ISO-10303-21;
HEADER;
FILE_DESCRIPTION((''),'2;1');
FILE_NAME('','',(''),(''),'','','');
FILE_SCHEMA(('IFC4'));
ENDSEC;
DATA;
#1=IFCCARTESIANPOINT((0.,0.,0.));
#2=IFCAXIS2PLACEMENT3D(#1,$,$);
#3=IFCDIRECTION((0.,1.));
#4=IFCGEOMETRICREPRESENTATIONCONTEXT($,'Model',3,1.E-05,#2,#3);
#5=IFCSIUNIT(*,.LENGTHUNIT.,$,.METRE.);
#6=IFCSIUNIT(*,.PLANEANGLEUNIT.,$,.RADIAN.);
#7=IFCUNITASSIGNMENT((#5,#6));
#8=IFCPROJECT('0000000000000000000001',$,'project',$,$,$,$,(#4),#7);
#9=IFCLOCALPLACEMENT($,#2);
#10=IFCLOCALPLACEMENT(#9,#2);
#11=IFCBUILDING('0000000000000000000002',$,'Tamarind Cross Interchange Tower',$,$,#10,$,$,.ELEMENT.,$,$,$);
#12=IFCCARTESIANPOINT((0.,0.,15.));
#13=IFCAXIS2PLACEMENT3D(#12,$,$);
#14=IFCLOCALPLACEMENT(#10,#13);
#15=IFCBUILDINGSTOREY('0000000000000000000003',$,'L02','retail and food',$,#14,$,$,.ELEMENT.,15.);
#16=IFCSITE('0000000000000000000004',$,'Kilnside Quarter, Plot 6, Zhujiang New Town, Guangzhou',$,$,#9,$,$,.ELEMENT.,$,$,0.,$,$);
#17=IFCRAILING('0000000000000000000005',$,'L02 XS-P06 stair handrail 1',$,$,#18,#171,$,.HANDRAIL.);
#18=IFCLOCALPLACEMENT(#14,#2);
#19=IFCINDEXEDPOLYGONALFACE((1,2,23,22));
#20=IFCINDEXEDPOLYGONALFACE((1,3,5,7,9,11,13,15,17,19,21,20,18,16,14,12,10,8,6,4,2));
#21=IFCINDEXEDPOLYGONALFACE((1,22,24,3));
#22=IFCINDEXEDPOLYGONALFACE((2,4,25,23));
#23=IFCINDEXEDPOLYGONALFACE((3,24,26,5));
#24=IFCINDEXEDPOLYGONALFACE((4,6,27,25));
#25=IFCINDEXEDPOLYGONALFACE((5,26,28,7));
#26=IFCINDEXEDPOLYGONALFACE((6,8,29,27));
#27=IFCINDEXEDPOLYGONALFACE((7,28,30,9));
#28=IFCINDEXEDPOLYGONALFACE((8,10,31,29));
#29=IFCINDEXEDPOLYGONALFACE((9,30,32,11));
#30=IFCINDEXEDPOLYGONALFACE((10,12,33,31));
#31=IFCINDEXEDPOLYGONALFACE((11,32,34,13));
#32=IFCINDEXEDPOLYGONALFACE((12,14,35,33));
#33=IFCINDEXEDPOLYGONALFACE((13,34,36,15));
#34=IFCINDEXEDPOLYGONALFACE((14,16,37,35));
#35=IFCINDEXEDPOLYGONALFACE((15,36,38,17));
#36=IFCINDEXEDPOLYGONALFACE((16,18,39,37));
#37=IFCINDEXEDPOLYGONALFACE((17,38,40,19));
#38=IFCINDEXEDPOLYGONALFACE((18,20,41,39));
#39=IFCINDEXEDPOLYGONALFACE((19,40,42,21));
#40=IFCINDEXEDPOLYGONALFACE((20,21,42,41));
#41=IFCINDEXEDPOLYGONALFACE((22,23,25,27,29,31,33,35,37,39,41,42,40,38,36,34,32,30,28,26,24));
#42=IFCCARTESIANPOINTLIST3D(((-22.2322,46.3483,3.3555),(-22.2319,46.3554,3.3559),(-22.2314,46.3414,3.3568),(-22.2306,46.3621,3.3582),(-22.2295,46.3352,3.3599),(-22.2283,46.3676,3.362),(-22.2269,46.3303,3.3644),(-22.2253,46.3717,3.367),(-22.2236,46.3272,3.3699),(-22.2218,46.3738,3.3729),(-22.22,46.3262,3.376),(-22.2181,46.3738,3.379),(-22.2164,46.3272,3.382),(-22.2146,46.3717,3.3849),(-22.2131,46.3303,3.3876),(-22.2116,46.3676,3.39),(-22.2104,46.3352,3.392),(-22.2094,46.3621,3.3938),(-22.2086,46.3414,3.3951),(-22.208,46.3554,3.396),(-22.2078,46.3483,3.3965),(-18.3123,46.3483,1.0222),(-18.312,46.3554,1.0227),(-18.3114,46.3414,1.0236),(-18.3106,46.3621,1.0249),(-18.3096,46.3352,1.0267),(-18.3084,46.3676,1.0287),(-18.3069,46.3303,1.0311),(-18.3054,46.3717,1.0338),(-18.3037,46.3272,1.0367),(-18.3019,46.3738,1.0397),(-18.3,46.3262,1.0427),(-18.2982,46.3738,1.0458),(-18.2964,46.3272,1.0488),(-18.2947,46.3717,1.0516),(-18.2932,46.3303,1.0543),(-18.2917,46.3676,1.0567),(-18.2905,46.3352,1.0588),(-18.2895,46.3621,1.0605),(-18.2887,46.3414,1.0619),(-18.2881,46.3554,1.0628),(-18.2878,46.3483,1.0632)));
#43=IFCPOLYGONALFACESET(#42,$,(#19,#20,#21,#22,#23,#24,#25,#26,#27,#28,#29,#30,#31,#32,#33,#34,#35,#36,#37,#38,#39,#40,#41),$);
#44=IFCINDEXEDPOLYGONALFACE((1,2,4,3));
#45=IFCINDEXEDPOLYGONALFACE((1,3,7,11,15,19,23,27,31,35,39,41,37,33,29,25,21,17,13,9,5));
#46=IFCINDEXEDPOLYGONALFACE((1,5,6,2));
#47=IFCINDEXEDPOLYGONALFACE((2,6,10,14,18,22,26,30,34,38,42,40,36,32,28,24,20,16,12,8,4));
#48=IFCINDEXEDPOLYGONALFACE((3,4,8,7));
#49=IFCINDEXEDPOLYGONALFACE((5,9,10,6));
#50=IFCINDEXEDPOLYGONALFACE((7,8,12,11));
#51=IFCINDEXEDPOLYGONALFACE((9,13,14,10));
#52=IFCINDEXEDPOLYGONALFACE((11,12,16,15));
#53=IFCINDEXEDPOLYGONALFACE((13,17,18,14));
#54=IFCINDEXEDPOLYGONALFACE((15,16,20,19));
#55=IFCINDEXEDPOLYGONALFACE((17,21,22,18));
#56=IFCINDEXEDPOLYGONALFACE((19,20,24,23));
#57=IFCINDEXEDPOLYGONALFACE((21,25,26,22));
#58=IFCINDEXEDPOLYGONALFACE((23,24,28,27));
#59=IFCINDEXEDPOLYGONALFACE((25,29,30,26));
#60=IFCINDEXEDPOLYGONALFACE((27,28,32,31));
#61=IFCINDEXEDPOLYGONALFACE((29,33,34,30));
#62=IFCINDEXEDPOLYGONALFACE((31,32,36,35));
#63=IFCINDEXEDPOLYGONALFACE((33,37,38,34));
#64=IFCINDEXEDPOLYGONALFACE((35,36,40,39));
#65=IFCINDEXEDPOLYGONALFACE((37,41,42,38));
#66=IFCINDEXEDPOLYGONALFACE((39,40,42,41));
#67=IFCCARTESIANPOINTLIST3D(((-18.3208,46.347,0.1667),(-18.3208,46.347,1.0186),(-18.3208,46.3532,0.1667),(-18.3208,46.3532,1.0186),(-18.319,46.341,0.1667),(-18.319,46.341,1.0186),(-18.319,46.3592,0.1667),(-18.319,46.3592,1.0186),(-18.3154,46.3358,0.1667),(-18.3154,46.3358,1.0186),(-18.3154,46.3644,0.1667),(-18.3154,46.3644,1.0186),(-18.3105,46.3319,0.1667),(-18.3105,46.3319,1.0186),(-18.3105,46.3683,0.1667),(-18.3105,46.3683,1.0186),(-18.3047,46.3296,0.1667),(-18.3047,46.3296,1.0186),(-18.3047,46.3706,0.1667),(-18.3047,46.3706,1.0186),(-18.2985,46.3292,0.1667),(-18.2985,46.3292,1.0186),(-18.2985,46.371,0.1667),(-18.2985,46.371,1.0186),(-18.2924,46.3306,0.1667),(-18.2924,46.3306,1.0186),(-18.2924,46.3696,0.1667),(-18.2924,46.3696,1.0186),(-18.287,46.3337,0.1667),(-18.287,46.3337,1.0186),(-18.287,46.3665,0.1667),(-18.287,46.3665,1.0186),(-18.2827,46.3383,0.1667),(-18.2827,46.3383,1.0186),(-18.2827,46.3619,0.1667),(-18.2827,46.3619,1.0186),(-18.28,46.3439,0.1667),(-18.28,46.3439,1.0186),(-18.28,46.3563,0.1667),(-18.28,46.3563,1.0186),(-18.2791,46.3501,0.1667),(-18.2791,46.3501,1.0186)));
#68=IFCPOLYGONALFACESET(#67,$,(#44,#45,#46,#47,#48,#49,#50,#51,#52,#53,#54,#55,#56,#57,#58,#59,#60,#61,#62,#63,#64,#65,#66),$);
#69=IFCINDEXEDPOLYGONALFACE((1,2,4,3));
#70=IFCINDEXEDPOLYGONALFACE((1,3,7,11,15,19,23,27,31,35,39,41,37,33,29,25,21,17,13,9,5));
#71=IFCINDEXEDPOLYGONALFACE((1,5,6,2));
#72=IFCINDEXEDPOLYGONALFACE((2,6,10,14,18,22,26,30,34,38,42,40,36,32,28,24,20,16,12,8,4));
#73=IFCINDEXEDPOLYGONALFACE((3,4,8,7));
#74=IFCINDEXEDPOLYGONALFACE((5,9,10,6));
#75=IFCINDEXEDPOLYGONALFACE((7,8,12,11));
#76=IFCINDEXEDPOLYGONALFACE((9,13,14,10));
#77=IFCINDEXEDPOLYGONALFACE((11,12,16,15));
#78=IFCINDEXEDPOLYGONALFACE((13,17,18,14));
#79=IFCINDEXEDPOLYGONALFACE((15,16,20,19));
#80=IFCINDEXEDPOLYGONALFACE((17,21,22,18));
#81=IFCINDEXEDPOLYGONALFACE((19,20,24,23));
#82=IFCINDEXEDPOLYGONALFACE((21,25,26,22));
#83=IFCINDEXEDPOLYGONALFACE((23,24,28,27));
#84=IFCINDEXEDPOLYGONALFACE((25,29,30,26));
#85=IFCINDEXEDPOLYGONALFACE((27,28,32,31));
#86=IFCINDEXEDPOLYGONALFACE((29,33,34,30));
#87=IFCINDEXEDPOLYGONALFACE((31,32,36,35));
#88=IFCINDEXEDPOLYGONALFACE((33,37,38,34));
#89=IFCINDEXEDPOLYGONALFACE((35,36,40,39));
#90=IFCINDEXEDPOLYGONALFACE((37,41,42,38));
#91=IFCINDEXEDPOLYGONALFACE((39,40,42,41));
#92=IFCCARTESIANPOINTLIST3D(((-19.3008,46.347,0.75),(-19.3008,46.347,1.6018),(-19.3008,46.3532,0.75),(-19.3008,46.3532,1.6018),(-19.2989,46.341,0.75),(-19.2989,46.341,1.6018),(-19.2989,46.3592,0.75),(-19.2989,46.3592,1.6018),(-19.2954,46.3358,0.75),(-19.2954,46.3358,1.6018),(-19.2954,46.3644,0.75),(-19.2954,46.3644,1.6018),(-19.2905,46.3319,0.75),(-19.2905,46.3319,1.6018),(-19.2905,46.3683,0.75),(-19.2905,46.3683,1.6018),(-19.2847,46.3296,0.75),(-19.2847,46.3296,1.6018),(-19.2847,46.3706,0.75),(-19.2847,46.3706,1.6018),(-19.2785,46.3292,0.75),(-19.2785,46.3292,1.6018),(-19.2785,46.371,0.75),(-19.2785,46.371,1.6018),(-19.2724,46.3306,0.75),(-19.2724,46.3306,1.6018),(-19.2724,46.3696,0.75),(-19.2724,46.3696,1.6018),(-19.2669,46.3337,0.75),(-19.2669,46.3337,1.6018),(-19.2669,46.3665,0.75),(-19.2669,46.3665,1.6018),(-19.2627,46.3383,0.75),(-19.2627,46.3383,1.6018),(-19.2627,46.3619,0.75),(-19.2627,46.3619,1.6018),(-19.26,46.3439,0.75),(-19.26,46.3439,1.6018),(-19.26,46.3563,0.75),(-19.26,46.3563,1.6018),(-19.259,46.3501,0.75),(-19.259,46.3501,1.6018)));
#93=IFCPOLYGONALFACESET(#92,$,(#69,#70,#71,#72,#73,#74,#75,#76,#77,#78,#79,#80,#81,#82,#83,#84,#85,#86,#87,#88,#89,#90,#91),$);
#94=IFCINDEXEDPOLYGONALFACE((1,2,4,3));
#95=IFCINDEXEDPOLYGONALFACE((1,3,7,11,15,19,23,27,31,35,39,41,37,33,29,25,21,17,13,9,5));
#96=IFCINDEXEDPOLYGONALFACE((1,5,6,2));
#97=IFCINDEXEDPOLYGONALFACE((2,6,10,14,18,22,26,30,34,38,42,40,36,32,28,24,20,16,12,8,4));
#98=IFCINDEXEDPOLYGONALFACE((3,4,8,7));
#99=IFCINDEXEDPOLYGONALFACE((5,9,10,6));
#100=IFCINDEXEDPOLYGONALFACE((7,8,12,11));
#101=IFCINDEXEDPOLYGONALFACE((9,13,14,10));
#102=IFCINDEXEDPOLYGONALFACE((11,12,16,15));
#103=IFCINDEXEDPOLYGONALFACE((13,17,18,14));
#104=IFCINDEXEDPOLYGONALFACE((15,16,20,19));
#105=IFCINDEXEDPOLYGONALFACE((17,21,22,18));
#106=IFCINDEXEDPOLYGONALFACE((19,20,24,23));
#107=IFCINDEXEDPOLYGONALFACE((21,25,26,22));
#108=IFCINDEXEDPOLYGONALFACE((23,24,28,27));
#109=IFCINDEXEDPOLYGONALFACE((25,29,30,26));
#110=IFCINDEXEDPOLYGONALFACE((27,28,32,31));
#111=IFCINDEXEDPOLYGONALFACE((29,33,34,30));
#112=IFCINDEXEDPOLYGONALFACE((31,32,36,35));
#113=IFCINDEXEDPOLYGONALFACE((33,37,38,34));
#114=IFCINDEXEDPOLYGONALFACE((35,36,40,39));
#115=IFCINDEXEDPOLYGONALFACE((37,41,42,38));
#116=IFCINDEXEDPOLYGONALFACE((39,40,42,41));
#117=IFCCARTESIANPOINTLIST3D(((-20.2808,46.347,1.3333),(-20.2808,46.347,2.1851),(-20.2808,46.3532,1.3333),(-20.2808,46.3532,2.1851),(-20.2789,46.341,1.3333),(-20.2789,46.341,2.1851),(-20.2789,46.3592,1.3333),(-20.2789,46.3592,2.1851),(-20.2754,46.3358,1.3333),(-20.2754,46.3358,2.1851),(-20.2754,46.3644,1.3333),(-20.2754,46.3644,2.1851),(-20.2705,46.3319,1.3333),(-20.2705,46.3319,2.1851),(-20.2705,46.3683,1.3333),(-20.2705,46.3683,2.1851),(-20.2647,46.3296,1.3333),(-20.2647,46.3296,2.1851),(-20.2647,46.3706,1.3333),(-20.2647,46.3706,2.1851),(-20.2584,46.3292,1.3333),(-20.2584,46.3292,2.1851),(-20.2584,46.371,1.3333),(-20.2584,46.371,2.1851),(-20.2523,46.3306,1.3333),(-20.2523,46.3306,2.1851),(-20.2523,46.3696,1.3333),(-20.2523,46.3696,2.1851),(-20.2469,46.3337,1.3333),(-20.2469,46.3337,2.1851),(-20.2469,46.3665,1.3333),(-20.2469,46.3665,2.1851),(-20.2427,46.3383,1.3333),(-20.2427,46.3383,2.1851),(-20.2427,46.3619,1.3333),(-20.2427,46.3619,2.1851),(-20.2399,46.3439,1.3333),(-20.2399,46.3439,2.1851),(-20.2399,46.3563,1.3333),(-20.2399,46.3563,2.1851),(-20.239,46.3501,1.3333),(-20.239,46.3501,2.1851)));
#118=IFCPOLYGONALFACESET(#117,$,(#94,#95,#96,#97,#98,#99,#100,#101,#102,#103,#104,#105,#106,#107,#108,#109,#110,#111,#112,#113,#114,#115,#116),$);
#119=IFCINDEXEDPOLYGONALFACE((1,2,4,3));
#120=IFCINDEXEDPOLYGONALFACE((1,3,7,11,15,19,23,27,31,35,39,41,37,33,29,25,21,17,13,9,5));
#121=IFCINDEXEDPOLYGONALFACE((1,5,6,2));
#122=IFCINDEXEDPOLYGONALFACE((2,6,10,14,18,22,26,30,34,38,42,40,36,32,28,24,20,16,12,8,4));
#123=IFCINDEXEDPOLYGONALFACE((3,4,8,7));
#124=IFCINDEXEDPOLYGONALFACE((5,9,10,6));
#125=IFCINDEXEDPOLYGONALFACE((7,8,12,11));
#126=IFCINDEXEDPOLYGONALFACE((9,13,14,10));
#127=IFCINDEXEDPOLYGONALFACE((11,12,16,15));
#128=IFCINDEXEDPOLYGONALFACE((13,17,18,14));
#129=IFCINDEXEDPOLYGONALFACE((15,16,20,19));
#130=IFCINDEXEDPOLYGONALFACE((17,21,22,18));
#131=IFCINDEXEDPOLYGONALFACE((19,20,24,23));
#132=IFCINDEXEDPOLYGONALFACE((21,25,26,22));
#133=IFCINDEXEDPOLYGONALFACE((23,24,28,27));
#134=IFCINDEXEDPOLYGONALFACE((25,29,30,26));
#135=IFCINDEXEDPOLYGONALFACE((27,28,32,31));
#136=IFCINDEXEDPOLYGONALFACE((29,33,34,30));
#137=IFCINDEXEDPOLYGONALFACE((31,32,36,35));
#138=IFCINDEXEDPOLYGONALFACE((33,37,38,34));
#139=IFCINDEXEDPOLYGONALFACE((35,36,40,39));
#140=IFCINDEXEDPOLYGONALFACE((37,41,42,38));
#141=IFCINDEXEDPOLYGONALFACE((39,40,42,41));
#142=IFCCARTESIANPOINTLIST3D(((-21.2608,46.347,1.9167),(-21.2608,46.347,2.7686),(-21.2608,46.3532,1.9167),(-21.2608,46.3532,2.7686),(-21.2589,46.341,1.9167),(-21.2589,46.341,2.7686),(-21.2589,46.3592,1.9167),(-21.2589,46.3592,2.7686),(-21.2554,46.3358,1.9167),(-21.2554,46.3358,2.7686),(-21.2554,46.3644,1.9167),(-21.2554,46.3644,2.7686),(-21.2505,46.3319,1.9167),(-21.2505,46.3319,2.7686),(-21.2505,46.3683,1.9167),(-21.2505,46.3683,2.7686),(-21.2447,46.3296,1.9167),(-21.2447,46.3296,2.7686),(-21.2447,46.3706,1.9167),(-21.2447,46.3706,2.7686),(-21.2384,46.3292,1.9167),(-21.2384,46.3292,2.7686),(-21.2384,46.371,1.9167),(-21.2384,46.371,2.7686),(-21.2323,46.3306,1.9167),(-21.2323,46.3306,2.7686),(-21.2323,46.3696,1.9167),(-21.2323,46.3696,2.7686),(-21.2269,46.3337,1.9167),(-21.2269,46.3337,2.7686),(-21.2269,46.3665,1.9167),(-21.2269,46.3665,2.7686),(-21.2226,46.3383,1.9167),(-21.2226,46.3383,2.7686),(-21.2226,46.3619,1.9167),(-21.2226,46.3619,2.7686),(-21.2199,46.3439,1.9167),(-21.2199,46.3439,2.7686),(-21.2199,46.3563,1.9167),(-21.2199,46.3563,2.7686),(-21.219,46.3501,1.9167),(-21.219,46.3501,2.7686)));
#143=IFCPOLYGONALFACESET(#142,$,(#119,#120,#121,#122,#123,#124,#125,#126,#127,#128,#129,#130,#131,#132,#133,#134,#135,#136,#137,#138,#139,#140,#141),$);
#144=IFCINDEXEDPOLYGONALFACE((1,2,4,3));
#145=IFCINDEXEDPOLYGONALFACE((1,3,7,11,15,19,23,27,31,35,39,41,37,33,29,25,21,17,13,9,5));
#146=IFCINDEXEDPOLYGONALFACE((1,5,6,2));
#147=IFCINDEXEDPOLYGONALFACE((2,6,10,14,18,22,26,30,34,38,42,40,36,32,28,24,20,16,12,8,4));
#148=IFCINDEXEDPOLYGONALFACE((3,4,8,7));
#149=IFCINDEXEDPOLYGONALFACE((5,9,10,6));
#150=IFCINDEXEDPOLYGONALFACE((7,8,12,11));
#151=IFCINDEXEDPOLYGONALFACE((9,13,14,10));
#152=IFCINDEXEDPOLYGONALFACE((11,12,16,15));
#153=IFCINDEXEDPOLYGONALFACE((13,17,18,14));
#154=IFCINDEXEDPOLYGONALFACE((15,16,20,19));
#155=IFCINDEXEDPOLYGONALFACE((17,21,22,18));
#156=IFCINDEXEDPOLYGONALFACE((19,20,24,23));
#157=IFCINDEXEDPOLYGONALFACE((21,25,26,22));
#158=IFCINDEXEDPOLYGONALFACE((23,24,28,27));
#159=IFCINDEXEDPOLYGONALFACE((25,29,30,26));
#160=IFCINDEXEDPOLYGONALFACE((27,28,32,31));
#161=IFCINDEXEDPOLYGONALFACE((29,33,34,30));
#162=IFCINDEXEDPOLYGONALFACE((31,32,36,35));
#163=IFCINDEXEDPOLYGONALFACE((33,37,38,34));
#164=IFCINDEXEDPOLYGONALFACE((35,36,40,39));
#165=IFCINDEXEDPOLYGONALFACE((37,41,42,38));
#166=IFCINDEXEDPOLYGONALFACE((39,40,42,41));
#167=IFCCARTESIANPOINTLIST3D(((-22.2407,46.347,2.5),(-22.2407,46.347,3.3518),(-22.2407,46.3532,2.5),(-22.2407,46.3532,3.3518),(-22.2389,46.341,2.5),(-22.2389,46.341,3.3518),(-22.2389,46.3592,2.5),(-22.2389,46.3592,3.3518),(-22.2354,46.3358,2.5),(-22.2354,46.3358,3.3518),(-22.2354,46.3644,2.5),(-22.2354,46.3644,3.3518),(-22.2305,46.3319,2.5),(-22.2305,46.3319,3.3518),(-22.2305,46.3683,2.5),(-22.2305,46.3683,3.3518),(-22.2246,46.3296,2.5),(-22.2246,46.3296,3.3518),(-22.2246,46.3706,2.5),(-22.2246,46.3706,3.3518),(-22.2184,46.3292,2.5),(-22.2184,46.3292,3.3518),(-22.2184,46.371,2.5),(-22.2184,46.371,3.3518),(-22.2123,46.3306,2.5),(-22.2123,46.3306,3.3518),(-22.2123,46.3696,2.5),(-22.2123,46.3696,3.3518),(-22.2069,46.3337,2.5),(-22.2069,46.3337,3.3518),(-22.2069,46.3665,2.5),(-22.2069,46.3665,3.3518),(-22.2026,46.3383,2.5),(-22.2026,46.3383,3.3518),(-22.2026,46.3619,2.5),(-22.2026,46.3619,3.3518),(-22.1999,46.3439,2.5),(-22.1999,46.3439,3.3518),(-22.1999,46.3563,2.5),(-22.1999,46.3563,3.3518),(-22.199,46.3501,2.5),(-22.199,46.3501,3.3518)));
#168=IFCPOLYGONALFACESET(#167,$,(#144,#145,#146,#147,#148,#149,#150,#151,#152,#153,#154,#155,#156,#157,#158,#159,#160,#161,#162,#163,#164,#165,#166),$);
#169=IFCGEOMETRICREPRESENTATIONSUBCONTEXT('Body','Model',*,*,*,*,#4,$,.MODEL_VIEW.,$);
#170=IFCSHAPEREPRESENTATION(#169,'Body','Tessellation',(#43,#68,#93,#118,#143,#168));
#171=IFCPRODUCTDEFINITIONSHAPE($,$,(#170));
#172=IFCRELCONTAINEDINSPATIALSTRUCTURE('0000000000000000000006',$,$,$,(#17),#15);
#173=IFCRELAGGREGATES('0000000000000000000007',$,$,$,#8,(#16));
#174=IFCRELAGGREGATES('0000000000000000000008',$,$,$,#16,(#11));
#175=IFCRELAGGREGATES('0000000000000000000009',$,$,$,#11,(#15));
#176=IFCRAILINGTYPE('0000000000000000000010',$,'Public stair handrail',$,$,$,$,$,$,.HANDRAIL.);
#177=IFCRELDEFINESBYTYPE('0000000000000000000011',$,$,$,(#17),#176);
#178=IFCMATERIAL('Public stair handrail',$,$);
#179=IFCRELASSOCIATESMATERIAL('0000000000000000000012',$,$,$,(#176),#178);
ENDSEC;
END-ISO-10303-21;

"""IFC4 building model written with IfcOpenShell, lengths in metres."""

from ifc_helpers import new_model, si_unit, direction, frame, origin, origin_2d, place, context, subcontext, project, spatial, circle, extrude, material, type_object, element, save


model = new_model("IFC4")

# Units and contexts
model_context = context("Model", 3, precision=1e-05, world=origin(), true_north=direction((0.0, 1.0)))
body_context = subcontext(model_context, "Body", "Model", "MODEL_VIEW")
ifc_project = project(units=[si_unit("LENGTHUNIT", "METRE"), si_unit("PLANEANGLEUNIT", "RADIAN")], contexts=[model_context])

# Site, building, storey
site_placement = place(None, origin())
site = spatial("IfcSite", under=ifc_project, at=site_placement, Name="Kilnside Quarter, Plot 6, Zhujiang New Town, Guangzhou", CompositionType="ELEMENT", RefElevation=0.0)
building_placement = place(site_placement, origin())
building = spatial("IfcBuilding", under=site, at=building_placement, Name="Tamarind Cross Interchange Tower", CompositionType="ELEMENT")
storey_placement = place(building_placement, frame((0.0, 0.0, 15.0)))
storey = spatial("IfcBuildingStorey", under=building, at=storey_placement, Name="L02", Description="retail and food", CompositionType="ELEMENT", Elevation=15.0)

# Railing
ifc_material_1 = material(Name="Public stair handrail")
railing_type_1 = type_object("IfcRailingType", Name="Public stair handrail", PredefinedType="HANDRAIL", material=ifc_material_1)
railing_1_placement = place(storey_placement, frame((-18.3, 46.3501, 0.1667)))
element("IfcRailing", 1, at=railing_1_placement, inside=storey, type_object=railing_type_1, Name="L02 XS-P06 stair handrail 1", PredefinedType="HANDRAIL", context=body_context, shape_type="SweptSolid", body=[
    extrude(circle(Radius=0.0239, at=origin_2d()), frame((0.0, 0.0, 0.876), z_axis=(-0.859296, 0.0, 0.511478), x_axis=(0.0, -1.0, 0.0)), (0.0, 0.0, 1.0), 4.5618),
    extrude(circle(Radius=0.021, at=origin_2d()), origin(), (0.0, 0.0, 1.0), 0.8518),
    extrude(circle(Radius=0.021, at=origin_2d()), frame((-0.98, 0.0, 0.5833)), (0.0, 0.0, 1.0), 0.8518),
    extrude(circle(Radius=0.021, at=origin_2d()), frame((-1.96, 0.0, 1.1665)), (0.0, 0.0, 1.0), 0.8518),
    extrude(circle(Radius=0.021, at=origin_2d()), frame((-2.9399, 0.0, 1.75)), (0.0, 0.0, 1.0), 0.8518),
    extrude(circle(Radius=0.021, at=origin_2d()), frame((-3.9199, 0.0, 2.3333)), (0.0, 0.0, 1.0), 0.8518),
])

save(model, "model.ifc")
